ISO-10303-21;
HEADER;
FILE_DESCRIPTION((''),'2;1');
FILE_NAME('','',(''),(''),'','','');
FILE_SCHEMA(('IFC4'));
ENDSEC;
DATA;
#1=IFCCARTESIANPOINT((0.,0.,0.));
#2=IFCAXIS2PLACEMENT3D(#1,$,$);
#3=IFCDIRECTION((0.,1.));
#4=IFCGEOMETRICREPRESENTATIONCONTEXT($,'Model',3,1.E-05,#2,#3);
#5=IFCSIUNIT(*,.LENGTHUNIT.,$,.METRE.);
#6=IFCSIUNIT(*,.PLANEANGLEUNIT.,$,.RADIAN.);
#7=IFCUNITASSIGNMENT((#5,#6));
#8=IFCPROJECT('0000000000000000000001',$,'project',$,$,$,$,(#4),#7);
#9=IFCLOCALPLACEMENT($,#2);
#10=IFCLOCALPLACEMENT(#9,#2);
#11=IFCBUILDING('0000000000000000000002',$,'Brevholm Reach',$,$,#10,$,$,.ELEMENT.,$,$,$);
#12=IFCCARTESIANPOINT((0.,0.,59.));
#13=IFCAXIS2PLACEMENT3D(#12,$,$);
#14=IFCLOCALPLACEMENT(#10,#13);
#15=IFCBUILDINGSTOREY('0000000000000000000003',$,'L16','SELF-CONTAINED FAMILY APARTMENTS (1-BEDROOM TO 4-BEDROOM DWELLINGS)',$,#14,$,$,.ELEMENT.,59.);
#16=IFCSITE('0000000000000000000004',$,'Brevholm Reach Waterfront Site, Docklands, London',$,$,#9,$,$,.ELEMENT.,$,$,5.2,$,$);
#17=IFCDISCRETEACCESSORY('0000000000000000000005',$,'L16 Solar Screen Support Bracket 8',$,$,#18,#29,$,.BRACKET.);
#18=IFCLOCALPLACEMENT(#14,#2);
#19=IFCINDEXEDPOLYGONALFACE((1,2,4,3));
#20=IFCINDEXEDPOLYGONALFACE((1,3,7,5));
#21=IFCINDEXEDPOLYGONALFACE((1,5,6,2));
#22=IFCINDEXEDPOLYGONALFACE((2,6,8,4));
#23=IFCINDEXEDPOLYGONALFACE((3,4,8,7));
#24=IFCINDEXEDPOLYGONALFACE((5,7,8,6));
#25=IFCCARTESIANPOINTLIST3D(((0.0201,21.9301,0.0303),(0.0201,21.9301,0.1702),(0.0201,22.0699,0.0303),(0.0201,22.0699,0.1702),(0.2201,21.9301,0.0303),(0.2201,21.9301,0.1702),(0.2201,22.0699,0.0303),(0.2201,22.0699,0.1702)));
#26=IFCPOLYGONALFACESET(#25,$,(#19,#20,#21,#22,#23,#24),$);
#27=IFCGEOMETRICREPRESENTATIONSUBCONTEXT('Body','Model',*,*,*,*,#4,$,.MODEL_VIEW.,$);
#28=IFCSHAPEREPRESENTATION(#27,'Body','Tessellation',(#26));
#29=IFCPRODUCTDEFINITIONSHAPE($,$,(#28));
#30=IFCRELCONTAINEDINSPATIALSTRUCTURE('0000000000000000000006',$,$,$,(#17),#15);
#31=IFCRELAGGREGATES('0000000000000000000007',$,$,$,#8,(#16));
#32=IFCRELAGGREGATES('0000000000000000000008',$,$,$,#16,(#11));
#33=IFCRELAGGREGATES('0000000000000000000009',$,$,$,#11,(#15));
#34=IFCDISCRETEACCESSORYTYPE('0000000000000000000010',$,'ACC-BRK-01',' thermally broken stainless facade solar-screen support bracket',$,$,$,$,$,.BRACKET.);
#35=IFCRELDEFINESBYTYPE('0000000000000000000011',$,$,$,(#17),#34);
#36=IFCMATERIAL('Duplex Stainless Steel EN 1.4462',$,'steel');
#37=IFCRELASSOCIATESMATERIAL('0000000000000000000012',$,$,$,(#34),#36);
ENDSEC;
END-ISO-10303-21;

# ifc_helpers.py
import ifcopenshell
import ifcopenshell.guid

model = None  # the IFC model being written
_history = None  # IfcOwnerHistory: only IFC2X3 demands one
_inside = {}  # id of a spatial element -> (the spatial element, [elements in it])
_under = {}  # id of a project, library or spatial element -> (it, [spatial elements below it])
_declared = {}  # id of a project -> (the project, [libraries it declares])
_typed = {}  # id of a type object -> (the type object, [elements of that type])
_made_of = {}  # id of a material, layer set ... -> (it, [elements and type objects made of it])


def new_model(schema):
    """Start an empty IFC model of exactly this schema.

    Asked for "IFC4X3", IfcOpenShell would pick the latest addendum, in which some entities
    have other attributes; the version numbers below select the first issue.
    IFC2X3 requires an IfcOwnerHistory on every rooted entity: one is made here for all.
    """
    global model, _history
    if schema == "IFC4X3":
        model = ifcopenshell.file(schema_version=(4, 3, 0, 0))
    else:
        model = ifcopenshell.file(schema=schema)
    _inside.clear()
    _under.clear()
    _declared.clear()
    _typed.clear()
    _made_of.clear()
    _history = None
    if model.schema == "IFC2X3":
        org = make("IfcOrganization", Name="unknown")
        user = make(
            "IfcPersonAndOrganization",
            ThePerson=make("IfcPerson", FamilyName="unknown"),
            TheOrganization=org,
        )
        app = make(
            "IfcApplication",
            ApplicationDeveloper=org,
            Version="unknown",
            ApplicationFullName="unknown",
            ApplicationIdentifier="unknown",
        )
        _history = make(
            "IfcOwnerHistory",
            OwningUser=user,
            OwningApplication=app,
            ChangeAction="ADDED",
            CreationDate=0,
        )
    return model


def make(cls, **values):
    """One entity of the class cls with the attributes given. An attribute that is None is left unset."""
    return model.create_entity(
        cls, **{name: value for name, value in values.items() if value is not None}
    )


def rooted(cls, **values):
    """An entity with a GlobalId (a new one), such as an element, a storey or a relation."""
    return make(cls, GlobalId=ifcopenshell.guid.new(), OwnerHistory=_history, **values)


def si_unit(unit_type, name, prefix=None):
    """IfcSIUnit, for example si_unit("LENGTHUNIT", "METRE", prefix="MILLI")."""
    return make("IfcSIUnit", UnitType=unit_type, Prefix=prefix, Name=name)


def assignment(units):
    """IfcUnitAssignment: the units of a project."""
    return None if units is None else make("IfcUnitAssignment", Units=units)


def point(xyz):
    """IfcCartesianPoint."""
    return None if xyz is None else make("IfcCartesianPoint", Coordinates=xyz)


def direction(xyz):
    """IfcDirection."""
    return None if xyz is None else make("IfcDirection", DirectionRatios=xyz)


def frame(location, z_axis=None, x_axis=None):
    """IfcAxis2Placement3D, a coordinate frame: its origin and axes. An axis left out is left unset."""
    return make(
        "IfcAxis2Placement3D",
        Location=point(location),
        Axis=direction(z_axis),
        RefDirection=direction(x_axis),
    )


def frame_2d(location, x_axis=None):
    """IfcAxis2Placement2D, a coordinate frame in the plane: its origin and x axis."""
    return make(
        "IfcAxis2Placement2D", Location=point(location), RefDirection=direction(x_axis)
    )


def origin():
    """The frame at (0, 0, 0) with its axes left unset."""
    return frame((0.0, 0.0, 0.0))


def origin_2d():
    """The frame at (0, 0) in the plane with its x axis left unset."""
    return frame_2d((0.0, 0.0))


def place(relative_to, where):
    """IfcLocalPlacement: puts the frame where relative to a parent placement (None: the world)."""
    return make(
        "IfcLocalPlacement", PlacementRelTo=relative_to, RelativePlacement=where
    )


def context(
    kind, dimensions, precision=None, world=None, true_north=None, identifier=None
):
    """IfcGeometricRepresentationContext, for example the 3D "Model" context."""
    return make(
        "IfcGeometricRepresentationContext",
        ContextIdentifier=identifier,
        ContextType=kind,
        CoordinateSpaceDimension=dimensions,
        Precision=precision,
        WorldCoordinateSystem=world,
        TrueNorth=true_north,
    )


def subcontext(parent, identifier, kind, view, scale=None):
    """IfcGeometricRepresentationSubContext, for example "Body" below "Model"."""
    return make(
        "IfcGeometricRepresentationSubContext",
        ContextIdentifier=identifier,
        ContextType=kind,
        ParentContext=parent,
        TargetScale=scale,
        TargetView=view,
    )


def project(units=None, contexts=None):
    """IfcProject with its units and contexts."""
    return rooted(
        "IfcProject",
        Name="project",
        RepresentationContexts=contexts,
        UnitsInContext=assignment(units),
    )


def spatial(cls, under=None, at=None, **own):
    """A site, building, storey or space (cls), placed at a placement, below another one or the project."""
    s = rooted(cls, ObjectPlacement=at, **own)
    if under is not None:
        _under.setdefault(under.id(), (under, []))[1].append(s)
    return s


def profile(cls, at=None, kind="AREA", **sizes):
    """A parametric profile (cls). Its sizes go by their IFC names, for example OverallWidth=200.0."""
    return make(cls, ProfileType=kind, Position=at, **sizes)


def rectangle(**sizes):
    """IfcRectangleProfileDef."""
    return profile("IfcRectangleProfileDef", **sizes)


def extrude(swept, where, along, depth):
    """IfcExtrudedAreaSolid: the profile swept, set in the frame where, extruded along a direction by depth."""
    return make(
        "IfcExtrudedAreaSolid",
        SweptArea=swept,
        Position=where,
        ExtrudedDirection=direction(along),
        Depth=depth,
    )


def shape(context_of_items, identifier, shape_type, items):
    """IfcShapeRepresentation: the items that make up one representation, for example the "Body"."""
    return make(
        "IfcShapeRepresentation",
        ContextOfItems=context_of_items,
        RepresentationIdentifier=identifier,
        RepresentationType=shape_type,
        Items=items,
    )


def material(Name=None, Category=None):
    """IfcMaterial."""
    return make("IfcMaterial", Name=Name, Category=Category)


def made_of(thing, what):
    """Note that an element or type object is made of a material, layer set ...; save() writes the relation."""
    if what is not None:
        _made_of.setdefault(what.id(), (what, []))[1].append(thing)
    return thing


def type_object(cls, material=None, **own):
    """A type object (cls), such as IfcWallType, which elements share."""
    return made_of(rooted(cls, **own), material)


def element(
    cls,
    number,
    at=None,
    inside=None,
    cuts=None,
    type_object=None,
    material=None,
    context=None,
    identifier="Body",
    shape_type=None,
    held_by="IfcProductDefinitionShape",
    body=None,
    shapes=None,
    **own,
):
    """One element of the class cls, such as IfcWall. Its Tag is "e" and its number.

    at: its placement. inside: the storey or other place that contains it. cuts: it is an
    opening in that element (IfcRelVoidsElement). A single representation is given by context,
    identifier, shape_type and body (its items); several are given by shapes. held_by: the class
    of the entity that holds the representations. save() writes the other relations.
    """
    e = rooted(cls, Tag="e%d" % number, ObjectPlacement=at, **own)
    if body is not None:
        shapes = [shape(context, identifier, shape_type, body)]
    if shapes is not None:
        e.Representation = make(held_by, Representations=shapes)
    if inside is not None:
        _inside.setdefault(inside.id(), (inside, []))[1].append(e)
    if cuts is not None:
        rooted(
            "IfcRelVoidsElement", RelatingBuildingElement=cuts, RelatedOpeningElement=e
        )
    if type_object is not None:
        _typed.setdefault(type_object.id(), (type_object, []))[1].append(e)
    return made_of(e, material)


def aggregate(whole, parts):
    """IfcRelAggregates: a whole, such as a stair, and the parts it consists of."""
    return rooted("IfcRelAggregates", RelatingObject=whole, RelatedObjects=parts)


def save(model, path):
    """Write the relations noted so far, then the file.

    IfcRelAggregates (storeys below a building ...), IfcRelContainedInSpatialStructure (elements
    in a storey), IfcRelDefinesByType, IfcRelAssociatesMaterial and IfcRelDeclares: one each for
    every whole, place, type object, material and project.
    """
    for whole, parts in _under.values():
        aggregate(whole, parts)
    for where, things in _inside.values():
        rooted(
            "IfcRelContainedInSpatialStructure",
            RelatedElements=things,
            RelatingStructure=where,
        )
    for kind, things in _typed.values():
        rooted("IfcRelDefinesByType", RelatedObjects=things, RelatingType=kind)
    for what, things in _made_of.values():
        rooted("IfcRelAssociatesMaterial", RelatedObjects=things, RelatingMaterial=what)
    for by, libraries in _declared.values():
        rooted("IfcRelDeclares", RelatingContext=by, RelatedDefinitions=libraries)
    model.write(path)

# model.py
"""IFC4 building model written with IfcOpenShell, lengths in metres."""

from ifc_helpers import new_model, si_unit, direction, frame, origin, origin_2d, place, context, subcontext, project, spatial, rectangle, extrude, material, type_object, element, save


model = new_model("IFC4")

# Units and contexts
model_context = context("Model", 3, precision=1e-05, world=origin(), true_north=direction((0.0, 1.0)))
body_context = subcontext(model_context, "Body", "Model", "MODEL_VIEW")
ifc_project = project(units=[si_unit("LENGTHUNIT", "METRE"), si_unit("PLANEANGLEUNIT", "RADIAN")], contexts=[model_context])

# Site, building, storey
site_placement = place(None, origin())
site = spatial("IfcSite", under=ifc_project, at=site_placement, Name="Brevholm Reach Waterfront Site, Docklands, London", CompositionType="ELEMENT", RefElevation=5.2)
building_placement = place(site_placement, origin())
building = spatial("IfcBuilding", under=site, at=building_placement, Name="Brevholm Reach", CompositionType="ELEMENT")
storey_placement = place(building_placement, frame((0.0, 0.0, 59.0)))
storey = spatial("IfcBuildingStorey", under=building, at=storey_placement, Name="L16", Description="SELF-CONTAINED FAMILY APARTMENTS (1-BEDROOM TO 4-BEDROOM DWELLINGS)", CompositionType="ELEMENT", Elevation=59.0)

# Discrete accessory
ifc_material_1 = material(Name="Duplex Stainless Steel EN 1.4462", Category="steel")
discrete_accessory_type = type_object("IfcDiscreteAccessoryType", Name="ACC-BRK-01", Description=" thermally broken stainless facade solar-screen support bracket", PredefinedType="BRACKET", material=ifc_material_1)
discrete_accessory_placement = place(storey_placement, frame((0.1201, 22.0, 0.0303), z_axis=(0.0, 0.0, 1.0), x_axis=(-1.0, 0.0, 0.0)))
element("IfcDiscreteAccessory", 1, at=discrete_accessory_placement, inside=storey, type_object=discrete_accessory_type, Name="L16 Solar Screen Support Bracket 8", PredefinedType="BRACKET", context=body_context, shape_type="SweptSolid", body=[
    extrude(rectangle(XDim=0.2, YDim=0.1399, at=origin_2d()), origin(), (0.0, 0.0, 1.0), 0.1399),
])

save(model, "model.ifc")
